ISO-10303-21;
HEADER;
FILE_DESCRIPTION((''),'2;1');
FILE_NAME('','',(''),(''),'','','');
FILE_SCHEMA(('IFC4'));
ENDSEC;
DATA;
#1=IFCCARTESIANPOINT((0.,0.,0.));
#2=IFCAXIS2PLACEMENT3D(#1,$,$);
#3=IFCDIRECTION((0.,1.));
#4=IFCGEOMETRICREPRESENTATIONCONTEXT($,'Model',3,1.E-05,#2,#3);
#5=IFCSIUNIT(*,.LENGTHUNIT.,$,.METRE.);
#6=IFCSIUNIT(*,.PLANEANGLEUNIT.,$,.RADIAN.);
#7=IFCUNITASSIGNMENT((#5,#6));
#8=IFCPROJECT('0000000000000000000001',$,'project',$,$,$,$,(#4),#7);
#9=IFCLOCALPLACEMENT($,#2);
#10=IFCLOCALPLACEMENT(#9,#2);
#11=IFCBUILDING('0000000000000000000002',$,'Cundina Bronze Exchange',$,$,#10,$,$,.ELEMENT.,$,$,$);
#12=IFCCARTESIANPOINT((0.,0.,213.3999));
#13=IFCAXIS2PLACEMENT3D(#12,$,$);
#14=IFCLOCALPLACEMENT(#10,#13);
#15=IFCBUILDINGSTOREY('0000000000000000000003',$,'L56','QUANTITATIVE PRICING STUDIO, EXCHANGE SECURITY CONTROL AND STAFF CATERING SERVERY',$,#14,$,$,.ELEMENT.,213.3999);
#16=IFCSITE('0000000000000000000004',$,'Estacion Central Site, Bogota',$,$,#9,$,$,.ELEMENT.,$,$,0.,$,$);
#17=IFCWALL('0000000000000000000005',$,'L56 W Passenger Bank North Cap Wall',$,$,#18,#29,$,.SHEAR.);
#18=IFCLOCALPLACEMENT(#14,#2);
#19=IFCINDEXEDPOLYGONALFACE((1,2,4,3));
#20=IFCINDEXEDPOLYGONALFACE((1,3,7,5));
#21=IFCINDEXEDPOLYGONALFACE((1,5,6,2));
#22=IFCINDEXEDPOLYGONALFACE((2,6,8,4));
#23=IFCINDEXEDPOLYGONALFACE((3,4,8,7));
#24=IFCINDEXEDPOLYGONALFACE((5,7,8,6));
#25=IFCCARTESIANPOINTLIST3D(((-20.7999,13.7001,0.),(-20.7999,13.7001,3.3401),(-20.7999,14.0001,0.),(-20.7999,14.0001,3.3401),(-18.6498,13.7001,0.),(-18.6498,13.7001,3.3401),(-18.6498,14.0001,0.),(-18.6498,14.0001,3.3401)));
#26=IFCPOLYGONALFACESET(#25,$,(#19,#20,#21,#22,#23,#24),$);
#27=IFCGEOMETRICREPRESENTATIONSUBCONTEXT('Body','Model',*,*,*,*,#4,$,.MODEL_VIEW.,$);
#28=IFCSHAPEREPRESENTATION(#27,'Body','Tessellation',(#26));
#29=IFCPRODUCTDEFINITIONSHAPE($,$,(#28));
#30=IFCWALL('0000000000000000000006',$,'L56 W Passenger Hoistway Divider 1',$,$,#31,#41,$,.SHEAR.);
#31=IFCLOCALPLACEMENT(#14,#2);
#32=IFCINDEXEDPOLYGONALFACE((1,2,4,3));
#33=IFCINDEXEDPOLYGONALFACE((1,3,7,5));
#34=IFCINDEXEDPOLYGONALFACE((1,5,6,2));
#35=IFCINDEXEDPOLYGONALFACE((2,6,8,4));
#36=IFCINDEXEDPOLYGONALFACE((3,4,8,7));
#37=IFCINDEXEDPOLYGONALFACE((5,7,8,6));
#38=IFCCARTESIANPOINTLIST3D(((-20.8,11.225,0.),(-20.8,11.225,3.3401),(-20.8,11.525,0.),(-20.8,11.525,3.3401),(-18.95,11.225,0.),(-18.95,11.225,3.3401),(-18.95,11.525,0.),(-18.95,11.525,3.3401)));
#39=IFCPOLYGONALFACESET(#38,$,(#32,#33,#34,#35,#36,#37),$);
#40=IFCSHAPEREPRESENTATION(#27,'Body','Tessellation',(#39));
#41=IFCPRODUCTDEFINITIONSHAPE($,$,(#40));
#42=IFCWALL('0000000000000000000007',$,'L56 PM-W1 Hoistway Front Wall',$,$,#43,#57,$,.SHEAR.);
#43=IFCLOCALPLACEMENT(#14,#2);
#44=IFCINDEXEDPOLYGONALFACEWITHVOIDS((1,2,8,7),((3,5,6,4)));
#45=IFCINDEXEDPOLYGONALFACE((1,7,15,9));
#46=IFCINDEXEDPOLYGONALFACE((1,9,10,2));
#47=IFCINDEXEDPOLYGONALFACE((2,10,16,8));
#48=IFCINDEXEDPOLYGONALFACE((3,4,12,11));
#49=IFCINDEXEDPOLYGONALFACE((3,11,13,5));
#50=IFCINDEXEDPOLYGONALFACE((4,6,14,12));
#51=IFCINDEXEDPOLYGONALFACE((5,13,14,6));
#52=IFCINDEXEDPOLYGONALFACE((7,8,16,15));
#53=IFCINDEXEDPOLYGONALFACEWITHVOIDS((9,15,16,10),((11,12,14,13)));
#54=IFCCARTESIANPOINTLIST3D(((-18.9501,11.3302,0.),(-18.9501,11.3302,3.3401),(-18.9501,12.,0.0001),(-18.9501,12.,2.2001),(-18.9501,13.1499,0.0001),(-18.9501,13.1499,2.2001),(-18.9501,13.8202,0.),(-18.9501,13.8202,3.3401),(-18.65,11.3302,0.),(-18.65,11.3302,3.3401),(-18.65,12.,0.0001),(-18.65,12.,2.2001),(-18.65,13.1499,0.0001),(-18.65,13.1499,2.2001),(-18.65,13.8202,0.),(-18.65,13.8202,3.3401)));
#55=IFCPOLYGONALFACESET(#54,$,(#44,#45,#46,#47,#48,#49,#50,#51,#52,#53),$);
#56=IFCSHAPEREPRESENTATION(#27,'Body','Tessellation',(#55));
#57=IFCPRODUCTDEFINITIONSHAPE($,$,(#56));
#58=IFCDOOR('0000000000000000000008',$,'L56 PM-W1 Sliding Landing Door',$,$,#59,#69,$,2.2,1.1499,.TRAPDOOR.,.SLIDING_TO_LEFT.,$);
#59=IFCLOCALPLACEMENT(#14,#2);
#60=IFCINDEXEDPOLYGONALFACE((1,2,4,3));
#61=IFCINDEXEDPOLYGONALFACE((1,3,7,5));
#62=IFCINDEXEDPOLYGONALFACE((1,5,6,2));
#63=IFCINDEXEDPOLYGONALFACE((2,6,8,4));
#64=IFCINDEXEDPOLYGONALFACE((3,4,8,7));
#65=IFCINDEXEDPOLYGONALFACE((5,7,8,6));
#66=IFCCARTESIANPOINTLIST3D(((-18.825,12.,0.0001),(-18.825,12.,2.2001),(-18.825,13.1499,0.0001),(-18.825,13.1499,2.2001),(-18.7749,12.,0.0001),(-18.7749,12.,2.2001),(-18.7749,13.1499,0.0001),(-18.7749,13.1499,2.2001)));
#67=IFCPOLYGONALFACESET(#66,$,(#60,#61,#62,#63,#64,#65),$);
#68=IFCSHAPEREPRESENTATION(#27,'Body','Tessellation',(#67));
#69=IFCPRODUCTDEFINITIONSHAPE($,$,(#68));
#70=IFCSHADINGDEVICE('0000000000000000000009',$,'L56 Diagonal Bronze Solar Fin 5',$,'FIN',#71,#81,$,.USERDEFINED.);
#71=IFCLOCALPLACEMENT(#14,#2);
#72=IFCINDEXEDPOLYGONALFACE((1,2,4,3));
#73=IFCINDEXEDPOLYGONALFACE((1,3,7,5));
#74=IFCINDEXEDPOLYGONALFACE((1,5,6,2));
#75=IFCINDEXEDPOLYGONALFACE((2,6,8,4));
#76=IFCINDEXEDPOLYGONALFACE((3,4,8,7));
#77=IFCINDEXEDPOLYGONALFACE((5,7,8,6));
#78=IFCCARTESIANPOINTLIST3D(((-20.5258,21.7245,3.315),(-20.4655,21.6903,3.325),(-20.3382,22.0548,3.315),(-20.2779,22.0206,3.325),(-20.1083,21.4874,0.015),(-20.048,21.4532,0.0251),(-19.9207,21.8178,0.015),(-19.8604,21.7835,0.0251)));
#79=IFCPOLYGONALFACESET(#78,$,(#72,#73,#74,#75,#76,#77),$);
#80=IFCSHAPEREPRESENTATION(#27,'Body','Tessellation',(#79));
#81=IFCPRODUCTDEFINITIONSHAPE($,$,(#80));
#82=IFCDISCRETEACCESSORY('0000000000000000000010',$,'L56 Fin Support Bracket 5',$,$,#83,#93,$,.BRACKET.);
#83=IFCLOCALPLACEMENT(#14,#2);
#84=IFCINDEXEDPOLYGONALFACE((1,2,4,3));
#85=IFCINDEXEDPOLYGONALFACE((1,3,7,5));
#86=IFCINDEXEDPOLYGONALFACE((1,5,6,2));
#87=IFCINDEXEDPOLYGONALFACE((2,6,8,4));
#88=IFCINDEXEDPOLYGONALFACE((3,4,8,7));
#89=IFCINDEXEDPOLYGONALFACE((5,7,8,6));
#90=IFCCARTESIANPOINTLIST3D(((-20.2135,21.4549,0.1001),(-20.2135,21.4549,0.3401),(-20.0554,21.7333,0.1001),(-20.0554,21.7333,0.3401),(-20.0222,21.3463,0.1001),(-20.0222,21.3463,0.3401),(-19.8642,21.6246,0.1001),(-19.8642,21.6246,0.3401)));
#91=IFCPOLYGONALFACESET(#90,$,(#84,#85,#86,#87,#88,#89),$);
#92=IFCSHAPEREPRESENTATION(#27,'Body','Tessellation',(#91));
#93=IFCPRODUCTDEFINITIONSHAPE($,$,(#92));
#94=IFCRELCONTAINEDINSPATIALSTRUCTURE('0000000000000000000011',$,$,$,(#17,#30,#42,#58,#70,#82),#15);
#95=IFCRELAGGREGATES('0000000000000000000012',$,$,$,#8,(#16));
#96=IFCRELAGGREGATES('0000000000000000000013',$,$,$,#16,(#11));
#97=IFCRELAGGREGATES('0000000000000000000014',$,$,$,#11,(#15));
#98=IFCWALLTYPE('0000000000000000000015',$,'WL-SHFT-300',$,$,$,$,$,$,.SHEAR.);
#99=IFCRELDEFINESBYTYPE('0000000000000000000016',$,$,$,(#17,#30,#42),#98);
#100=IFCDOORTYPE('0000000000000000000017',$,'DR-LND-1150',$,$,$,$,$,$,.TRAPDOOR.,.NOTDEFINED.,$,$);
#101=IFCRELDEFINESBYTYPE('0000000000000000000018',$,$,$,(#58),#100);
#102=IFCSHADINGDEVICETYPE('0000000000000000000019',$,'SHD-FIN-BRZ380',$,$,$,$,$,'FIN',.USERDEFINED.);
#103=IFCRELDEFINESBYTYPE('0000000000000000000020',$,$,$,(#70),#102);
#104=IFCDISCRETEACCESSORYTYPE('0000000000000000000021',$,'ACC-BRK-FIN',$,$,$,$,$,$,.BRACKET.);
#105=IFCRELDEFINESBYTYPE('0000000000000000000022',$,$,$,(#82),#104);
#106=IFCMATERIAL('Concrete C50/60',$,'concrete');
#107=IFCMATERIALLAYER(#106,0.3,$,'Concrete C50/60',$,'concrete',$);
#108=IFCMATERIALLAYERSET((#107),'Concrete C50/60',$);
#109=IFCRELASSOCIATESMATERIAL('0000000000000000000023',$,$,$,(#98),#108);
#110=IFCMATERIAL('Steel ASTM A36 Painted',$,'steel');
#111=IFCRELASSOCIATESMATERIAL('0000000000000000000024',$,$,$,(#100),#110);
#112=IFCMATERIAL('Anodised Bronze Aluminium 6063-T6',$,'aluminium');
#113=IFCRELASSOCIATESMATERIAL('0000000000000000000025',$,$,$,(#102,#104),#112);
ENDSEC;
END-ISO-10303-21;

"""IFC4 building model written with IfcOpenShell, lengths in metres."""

from ifc_helpers import new_model, si_unit, direction, frame, frame_2d, origin, origin_2d, place, context, subcontext, project, spatial, rectangle, extrude, material, layer, layer_set, material_profile, profile_set, type_object, element, fill, save


model = new_model("IFC4")

# Units and contexts
model_context = context("Model", 3, precision=1e-05, world=origin(), true_north=direction((0.0, 1.0)))
body_context = subcontext(model_context, "Body", "Model", "MODEL_VIEW")
ifc_project = project(units=[si_unit("LENGTHUNIT", "METRE"), si_unit("PLANEANGLEUNIT", "RADIAN")], contexts=[model_context])

# Site, building, storey
site_placement = place(None, origin())
site = spatial("IfcSite", under=ifc_project, at=site_placement, Name="Estacion Central Site, Bogota", CompositionType="ELEMENT", RefElevation=0.0)
building_placement = place(site_placement, origin())
building = spatial("IfcBuilding", under=site, at=building_placement, Name="Cundina Bronze Exchange", CompositionType="ELEMENT")
storey_placement = place(building_placement, frame((0.0, 0.0, 213.3999)))
storey = spatial("IfcBuildingStorey", under=building, at=storey_placement, Name="L56", Description="QUANTITATIVE PRICING STUDIO, EXCHANGE SECURITY CONTROL AND STAFF CATERING SERVERY", CompositionType="ELEMENT", Elevation=213.3999)

# Shared definitions
ifc_material_1 = material(Name="Concrete C50/60", Category="concrete")

# Shared definitions
ifc_material_2 = material(Name="Anodised Bronze Aluminium 6063-T6", Category="aluminium")

# Shared definitions
ifc_layer_1 = layer(ifc_material_1, 0.3, Name="Concrete C50/60", Category="concrete")
ifc_layer_set_1 = layer_set([ifc_layer_1], Name="Concrete C50/60")
wall_type_1 = type_object("IfcWallType", Name="WL-SHFT-300", PredefinedType="SHEAR", material=ifc_layer_set_1)
ifc_material_3 = material(Name="Steel ASTM A36 Painted", Category="steel")

# Walls
wall_1_placement = place(storey_placement, frame((-20.8, 13.8501, 0.0), z_axis=(0.0, 0.0, 1.0), x_axis=(1.0, 0.0, 0.0)))
element("IfcWall", 1, at=wall_1_placement, inside=storey, type_object=wall_type_1, Name="L56 W Passenger Bank North Cap Wall", PredefinedType="SHEAR", context=body_context, shape_type="SweptSolid", body=[
    extrude(rectangle(XDim=2.1501, YDim=0.3, at=frame_2d((1.0752, 0.0))), origin(), (0.0, 0.0, 1.0), 3.3401),
])
wall_2_placement = place(storey_placement, frame((-20.8, 11.375, 0.0), z_axis=(0.0, 0.0, 1.0), x_axis=(1.0, 0.0, 0.0)))
element("IfcWall", 2, at=wall_2_placement, inside=storey, type_object=wall_type_1, Name="L56 W Passenger Hoistway Divider 1", PredefinedType="SHEAR", context=body_context, shape_type="SweptSolid", body=[
    extrude(rectangle(XDim=1.8501, YDim=0.3, at=frame_2d((0.925, 0.0))), origin(), (0.0, 0.0, 1.0), 3.3401),
])

# Wall, opening, door
wall_3_placement = place(storey_placement, frame((-18.8, 11.3301, 0.0), z_axis=(0.0, 0.0, 1.0), x_axis=(0.0, 1.0, 0.0)))
wall_3 = element("IfcWall", 3, at=wall_3_placement, inside=storey, type_object=wall_type_1, Name="L56 PM-W1 Hoistway Front Wall", PredefinedType="SHEAR", context=body_context, shape_type="SweptSolid", body=[
    extrude(rectangle(XDim=2.49, YDim=0.3, at=frame_2d((1.2451, 0.0))), origin(), (0.0, 0.0, 1.0), 3.3401),
])
opening_1_placement = place(wall_3_placement, frame((0.6699, 0.0, 0.0)))
opening_1 = element("IfcOpeningElement", 4, at=opening_1_placement, cuts=wall_3, PredefinedType="OPENING", context=body_context, shape_type="SweptSolid", body=[
    extrude(rectangle(XDim=1.1499, YDim=2.2, at=frame_2d((0.575, 1.1001))), frame((0.0, 0.1599, 0.0), z_axis=(0.0, -1.0, 0.0), x_axis=(1.0, 0.0, 0.0)), (0.0, 0.0, 1.0), 0.3201),
])
door_type_1 = type_object("IfcDoorType", Name="DR-LND-1150", OperationType="NOTDEFINED", PredefinedType="TRAPDOOR", material=ifc_material_3)
door_1_placement = place(opening_1_placement, origin())
door_1 = element("IfcDoor", 5, at=door_1_placement, inside=storey, type_object=door_type_1, Name="L56 PM-W1 Sliding Landing Door", OperationType="SLIDING_TO_LEFT", OverallHeight=2.2, OverallWidth=1.1499, PredefinedType="TRAPDOOR", context=body_context, shape_type="SweptSolid", body=[
    extrude(rectangle(XDim=1.1499, YDim=2.2, at=frame_2d((0.575, 1.1001))), frame((0.0, 0.0249, 0.0), z_axis=(0.0, -1.0, 0.0), x_axis=(1.0, 0.0, 0.0)), (0.0, 0.0, 1.0), 0.05),
])
fill(opening_1, door_1)

# Shading device
ifc_material_profile_1 = material_profile(ifc_material_2, rectangle(XDim=0.0701, YDim=0.3799, at=origin_2d()), Name="FIN70X380", Category="aluminium")
ifc_profile_set_1 = profile_set([ifc_material_profile_1], Name="Anodised Bronze Aluminium 6063-T6")
shading_device_type = type_object("IfcShadingDeviceType", Name="SHD-FIN-BRZ380", ElementType="FIN", PredefinedType="USERDEFINED", material=ifc_profile_set_1)
shading_device_placement = place(storey_placement, frame((-19.9844, 21.6355, 0.02), z_axis=(-0.12519, 0.071087, 0.989583), x_axis=(0.860527, -0.488638, 0.143965)))
element("IfcShadingDevice", 6, at=shading_device_placement, inside=storey, type_object=shading_device_type, Name="L56 Diagonal Bronze Solar Fin 5", ObjectType="FIN", PredefinedType="USERDEFINED", context=body_context, shape_type="SweptSolid", body=[
    extrude(rectangle(XDim=0.0701, YDim=0.3799, at=origin_2d()), origin(), (0.0, 0.0, 1.0), 3.3347),
])

# Discrete accessory
discrete_accessory_type = type_object("IfcDiscreteAccessoryType", Name="ACC-BRK-FIN", PredefinedType="BRACKET", material=ifc_material_2)
discrete_accessory_placement = place(storey_placement, frame((-20.0388, 21.5398, 0.1001), z_axis=(0.0, 0.0, 1.0), x_axis=(-0.869573, 0.493805, 0.0)))
element("IfcDiscreteAccessory", 7, at=discrete_accessory_placement, inside=storey, type_object=discrete_accessory_type, Name="L56 Fin Support Bracket 5", PredefinedType="BRACKET", context=body_context, shape_type="SweptSolid", body=[
    extrude(rectangle(XDim=0.22, YDim=0.3201, at=origin_2d()), origin(), (0.0, 0.0, 1.0), 0.24),
])

save(model, "model.ifc")
